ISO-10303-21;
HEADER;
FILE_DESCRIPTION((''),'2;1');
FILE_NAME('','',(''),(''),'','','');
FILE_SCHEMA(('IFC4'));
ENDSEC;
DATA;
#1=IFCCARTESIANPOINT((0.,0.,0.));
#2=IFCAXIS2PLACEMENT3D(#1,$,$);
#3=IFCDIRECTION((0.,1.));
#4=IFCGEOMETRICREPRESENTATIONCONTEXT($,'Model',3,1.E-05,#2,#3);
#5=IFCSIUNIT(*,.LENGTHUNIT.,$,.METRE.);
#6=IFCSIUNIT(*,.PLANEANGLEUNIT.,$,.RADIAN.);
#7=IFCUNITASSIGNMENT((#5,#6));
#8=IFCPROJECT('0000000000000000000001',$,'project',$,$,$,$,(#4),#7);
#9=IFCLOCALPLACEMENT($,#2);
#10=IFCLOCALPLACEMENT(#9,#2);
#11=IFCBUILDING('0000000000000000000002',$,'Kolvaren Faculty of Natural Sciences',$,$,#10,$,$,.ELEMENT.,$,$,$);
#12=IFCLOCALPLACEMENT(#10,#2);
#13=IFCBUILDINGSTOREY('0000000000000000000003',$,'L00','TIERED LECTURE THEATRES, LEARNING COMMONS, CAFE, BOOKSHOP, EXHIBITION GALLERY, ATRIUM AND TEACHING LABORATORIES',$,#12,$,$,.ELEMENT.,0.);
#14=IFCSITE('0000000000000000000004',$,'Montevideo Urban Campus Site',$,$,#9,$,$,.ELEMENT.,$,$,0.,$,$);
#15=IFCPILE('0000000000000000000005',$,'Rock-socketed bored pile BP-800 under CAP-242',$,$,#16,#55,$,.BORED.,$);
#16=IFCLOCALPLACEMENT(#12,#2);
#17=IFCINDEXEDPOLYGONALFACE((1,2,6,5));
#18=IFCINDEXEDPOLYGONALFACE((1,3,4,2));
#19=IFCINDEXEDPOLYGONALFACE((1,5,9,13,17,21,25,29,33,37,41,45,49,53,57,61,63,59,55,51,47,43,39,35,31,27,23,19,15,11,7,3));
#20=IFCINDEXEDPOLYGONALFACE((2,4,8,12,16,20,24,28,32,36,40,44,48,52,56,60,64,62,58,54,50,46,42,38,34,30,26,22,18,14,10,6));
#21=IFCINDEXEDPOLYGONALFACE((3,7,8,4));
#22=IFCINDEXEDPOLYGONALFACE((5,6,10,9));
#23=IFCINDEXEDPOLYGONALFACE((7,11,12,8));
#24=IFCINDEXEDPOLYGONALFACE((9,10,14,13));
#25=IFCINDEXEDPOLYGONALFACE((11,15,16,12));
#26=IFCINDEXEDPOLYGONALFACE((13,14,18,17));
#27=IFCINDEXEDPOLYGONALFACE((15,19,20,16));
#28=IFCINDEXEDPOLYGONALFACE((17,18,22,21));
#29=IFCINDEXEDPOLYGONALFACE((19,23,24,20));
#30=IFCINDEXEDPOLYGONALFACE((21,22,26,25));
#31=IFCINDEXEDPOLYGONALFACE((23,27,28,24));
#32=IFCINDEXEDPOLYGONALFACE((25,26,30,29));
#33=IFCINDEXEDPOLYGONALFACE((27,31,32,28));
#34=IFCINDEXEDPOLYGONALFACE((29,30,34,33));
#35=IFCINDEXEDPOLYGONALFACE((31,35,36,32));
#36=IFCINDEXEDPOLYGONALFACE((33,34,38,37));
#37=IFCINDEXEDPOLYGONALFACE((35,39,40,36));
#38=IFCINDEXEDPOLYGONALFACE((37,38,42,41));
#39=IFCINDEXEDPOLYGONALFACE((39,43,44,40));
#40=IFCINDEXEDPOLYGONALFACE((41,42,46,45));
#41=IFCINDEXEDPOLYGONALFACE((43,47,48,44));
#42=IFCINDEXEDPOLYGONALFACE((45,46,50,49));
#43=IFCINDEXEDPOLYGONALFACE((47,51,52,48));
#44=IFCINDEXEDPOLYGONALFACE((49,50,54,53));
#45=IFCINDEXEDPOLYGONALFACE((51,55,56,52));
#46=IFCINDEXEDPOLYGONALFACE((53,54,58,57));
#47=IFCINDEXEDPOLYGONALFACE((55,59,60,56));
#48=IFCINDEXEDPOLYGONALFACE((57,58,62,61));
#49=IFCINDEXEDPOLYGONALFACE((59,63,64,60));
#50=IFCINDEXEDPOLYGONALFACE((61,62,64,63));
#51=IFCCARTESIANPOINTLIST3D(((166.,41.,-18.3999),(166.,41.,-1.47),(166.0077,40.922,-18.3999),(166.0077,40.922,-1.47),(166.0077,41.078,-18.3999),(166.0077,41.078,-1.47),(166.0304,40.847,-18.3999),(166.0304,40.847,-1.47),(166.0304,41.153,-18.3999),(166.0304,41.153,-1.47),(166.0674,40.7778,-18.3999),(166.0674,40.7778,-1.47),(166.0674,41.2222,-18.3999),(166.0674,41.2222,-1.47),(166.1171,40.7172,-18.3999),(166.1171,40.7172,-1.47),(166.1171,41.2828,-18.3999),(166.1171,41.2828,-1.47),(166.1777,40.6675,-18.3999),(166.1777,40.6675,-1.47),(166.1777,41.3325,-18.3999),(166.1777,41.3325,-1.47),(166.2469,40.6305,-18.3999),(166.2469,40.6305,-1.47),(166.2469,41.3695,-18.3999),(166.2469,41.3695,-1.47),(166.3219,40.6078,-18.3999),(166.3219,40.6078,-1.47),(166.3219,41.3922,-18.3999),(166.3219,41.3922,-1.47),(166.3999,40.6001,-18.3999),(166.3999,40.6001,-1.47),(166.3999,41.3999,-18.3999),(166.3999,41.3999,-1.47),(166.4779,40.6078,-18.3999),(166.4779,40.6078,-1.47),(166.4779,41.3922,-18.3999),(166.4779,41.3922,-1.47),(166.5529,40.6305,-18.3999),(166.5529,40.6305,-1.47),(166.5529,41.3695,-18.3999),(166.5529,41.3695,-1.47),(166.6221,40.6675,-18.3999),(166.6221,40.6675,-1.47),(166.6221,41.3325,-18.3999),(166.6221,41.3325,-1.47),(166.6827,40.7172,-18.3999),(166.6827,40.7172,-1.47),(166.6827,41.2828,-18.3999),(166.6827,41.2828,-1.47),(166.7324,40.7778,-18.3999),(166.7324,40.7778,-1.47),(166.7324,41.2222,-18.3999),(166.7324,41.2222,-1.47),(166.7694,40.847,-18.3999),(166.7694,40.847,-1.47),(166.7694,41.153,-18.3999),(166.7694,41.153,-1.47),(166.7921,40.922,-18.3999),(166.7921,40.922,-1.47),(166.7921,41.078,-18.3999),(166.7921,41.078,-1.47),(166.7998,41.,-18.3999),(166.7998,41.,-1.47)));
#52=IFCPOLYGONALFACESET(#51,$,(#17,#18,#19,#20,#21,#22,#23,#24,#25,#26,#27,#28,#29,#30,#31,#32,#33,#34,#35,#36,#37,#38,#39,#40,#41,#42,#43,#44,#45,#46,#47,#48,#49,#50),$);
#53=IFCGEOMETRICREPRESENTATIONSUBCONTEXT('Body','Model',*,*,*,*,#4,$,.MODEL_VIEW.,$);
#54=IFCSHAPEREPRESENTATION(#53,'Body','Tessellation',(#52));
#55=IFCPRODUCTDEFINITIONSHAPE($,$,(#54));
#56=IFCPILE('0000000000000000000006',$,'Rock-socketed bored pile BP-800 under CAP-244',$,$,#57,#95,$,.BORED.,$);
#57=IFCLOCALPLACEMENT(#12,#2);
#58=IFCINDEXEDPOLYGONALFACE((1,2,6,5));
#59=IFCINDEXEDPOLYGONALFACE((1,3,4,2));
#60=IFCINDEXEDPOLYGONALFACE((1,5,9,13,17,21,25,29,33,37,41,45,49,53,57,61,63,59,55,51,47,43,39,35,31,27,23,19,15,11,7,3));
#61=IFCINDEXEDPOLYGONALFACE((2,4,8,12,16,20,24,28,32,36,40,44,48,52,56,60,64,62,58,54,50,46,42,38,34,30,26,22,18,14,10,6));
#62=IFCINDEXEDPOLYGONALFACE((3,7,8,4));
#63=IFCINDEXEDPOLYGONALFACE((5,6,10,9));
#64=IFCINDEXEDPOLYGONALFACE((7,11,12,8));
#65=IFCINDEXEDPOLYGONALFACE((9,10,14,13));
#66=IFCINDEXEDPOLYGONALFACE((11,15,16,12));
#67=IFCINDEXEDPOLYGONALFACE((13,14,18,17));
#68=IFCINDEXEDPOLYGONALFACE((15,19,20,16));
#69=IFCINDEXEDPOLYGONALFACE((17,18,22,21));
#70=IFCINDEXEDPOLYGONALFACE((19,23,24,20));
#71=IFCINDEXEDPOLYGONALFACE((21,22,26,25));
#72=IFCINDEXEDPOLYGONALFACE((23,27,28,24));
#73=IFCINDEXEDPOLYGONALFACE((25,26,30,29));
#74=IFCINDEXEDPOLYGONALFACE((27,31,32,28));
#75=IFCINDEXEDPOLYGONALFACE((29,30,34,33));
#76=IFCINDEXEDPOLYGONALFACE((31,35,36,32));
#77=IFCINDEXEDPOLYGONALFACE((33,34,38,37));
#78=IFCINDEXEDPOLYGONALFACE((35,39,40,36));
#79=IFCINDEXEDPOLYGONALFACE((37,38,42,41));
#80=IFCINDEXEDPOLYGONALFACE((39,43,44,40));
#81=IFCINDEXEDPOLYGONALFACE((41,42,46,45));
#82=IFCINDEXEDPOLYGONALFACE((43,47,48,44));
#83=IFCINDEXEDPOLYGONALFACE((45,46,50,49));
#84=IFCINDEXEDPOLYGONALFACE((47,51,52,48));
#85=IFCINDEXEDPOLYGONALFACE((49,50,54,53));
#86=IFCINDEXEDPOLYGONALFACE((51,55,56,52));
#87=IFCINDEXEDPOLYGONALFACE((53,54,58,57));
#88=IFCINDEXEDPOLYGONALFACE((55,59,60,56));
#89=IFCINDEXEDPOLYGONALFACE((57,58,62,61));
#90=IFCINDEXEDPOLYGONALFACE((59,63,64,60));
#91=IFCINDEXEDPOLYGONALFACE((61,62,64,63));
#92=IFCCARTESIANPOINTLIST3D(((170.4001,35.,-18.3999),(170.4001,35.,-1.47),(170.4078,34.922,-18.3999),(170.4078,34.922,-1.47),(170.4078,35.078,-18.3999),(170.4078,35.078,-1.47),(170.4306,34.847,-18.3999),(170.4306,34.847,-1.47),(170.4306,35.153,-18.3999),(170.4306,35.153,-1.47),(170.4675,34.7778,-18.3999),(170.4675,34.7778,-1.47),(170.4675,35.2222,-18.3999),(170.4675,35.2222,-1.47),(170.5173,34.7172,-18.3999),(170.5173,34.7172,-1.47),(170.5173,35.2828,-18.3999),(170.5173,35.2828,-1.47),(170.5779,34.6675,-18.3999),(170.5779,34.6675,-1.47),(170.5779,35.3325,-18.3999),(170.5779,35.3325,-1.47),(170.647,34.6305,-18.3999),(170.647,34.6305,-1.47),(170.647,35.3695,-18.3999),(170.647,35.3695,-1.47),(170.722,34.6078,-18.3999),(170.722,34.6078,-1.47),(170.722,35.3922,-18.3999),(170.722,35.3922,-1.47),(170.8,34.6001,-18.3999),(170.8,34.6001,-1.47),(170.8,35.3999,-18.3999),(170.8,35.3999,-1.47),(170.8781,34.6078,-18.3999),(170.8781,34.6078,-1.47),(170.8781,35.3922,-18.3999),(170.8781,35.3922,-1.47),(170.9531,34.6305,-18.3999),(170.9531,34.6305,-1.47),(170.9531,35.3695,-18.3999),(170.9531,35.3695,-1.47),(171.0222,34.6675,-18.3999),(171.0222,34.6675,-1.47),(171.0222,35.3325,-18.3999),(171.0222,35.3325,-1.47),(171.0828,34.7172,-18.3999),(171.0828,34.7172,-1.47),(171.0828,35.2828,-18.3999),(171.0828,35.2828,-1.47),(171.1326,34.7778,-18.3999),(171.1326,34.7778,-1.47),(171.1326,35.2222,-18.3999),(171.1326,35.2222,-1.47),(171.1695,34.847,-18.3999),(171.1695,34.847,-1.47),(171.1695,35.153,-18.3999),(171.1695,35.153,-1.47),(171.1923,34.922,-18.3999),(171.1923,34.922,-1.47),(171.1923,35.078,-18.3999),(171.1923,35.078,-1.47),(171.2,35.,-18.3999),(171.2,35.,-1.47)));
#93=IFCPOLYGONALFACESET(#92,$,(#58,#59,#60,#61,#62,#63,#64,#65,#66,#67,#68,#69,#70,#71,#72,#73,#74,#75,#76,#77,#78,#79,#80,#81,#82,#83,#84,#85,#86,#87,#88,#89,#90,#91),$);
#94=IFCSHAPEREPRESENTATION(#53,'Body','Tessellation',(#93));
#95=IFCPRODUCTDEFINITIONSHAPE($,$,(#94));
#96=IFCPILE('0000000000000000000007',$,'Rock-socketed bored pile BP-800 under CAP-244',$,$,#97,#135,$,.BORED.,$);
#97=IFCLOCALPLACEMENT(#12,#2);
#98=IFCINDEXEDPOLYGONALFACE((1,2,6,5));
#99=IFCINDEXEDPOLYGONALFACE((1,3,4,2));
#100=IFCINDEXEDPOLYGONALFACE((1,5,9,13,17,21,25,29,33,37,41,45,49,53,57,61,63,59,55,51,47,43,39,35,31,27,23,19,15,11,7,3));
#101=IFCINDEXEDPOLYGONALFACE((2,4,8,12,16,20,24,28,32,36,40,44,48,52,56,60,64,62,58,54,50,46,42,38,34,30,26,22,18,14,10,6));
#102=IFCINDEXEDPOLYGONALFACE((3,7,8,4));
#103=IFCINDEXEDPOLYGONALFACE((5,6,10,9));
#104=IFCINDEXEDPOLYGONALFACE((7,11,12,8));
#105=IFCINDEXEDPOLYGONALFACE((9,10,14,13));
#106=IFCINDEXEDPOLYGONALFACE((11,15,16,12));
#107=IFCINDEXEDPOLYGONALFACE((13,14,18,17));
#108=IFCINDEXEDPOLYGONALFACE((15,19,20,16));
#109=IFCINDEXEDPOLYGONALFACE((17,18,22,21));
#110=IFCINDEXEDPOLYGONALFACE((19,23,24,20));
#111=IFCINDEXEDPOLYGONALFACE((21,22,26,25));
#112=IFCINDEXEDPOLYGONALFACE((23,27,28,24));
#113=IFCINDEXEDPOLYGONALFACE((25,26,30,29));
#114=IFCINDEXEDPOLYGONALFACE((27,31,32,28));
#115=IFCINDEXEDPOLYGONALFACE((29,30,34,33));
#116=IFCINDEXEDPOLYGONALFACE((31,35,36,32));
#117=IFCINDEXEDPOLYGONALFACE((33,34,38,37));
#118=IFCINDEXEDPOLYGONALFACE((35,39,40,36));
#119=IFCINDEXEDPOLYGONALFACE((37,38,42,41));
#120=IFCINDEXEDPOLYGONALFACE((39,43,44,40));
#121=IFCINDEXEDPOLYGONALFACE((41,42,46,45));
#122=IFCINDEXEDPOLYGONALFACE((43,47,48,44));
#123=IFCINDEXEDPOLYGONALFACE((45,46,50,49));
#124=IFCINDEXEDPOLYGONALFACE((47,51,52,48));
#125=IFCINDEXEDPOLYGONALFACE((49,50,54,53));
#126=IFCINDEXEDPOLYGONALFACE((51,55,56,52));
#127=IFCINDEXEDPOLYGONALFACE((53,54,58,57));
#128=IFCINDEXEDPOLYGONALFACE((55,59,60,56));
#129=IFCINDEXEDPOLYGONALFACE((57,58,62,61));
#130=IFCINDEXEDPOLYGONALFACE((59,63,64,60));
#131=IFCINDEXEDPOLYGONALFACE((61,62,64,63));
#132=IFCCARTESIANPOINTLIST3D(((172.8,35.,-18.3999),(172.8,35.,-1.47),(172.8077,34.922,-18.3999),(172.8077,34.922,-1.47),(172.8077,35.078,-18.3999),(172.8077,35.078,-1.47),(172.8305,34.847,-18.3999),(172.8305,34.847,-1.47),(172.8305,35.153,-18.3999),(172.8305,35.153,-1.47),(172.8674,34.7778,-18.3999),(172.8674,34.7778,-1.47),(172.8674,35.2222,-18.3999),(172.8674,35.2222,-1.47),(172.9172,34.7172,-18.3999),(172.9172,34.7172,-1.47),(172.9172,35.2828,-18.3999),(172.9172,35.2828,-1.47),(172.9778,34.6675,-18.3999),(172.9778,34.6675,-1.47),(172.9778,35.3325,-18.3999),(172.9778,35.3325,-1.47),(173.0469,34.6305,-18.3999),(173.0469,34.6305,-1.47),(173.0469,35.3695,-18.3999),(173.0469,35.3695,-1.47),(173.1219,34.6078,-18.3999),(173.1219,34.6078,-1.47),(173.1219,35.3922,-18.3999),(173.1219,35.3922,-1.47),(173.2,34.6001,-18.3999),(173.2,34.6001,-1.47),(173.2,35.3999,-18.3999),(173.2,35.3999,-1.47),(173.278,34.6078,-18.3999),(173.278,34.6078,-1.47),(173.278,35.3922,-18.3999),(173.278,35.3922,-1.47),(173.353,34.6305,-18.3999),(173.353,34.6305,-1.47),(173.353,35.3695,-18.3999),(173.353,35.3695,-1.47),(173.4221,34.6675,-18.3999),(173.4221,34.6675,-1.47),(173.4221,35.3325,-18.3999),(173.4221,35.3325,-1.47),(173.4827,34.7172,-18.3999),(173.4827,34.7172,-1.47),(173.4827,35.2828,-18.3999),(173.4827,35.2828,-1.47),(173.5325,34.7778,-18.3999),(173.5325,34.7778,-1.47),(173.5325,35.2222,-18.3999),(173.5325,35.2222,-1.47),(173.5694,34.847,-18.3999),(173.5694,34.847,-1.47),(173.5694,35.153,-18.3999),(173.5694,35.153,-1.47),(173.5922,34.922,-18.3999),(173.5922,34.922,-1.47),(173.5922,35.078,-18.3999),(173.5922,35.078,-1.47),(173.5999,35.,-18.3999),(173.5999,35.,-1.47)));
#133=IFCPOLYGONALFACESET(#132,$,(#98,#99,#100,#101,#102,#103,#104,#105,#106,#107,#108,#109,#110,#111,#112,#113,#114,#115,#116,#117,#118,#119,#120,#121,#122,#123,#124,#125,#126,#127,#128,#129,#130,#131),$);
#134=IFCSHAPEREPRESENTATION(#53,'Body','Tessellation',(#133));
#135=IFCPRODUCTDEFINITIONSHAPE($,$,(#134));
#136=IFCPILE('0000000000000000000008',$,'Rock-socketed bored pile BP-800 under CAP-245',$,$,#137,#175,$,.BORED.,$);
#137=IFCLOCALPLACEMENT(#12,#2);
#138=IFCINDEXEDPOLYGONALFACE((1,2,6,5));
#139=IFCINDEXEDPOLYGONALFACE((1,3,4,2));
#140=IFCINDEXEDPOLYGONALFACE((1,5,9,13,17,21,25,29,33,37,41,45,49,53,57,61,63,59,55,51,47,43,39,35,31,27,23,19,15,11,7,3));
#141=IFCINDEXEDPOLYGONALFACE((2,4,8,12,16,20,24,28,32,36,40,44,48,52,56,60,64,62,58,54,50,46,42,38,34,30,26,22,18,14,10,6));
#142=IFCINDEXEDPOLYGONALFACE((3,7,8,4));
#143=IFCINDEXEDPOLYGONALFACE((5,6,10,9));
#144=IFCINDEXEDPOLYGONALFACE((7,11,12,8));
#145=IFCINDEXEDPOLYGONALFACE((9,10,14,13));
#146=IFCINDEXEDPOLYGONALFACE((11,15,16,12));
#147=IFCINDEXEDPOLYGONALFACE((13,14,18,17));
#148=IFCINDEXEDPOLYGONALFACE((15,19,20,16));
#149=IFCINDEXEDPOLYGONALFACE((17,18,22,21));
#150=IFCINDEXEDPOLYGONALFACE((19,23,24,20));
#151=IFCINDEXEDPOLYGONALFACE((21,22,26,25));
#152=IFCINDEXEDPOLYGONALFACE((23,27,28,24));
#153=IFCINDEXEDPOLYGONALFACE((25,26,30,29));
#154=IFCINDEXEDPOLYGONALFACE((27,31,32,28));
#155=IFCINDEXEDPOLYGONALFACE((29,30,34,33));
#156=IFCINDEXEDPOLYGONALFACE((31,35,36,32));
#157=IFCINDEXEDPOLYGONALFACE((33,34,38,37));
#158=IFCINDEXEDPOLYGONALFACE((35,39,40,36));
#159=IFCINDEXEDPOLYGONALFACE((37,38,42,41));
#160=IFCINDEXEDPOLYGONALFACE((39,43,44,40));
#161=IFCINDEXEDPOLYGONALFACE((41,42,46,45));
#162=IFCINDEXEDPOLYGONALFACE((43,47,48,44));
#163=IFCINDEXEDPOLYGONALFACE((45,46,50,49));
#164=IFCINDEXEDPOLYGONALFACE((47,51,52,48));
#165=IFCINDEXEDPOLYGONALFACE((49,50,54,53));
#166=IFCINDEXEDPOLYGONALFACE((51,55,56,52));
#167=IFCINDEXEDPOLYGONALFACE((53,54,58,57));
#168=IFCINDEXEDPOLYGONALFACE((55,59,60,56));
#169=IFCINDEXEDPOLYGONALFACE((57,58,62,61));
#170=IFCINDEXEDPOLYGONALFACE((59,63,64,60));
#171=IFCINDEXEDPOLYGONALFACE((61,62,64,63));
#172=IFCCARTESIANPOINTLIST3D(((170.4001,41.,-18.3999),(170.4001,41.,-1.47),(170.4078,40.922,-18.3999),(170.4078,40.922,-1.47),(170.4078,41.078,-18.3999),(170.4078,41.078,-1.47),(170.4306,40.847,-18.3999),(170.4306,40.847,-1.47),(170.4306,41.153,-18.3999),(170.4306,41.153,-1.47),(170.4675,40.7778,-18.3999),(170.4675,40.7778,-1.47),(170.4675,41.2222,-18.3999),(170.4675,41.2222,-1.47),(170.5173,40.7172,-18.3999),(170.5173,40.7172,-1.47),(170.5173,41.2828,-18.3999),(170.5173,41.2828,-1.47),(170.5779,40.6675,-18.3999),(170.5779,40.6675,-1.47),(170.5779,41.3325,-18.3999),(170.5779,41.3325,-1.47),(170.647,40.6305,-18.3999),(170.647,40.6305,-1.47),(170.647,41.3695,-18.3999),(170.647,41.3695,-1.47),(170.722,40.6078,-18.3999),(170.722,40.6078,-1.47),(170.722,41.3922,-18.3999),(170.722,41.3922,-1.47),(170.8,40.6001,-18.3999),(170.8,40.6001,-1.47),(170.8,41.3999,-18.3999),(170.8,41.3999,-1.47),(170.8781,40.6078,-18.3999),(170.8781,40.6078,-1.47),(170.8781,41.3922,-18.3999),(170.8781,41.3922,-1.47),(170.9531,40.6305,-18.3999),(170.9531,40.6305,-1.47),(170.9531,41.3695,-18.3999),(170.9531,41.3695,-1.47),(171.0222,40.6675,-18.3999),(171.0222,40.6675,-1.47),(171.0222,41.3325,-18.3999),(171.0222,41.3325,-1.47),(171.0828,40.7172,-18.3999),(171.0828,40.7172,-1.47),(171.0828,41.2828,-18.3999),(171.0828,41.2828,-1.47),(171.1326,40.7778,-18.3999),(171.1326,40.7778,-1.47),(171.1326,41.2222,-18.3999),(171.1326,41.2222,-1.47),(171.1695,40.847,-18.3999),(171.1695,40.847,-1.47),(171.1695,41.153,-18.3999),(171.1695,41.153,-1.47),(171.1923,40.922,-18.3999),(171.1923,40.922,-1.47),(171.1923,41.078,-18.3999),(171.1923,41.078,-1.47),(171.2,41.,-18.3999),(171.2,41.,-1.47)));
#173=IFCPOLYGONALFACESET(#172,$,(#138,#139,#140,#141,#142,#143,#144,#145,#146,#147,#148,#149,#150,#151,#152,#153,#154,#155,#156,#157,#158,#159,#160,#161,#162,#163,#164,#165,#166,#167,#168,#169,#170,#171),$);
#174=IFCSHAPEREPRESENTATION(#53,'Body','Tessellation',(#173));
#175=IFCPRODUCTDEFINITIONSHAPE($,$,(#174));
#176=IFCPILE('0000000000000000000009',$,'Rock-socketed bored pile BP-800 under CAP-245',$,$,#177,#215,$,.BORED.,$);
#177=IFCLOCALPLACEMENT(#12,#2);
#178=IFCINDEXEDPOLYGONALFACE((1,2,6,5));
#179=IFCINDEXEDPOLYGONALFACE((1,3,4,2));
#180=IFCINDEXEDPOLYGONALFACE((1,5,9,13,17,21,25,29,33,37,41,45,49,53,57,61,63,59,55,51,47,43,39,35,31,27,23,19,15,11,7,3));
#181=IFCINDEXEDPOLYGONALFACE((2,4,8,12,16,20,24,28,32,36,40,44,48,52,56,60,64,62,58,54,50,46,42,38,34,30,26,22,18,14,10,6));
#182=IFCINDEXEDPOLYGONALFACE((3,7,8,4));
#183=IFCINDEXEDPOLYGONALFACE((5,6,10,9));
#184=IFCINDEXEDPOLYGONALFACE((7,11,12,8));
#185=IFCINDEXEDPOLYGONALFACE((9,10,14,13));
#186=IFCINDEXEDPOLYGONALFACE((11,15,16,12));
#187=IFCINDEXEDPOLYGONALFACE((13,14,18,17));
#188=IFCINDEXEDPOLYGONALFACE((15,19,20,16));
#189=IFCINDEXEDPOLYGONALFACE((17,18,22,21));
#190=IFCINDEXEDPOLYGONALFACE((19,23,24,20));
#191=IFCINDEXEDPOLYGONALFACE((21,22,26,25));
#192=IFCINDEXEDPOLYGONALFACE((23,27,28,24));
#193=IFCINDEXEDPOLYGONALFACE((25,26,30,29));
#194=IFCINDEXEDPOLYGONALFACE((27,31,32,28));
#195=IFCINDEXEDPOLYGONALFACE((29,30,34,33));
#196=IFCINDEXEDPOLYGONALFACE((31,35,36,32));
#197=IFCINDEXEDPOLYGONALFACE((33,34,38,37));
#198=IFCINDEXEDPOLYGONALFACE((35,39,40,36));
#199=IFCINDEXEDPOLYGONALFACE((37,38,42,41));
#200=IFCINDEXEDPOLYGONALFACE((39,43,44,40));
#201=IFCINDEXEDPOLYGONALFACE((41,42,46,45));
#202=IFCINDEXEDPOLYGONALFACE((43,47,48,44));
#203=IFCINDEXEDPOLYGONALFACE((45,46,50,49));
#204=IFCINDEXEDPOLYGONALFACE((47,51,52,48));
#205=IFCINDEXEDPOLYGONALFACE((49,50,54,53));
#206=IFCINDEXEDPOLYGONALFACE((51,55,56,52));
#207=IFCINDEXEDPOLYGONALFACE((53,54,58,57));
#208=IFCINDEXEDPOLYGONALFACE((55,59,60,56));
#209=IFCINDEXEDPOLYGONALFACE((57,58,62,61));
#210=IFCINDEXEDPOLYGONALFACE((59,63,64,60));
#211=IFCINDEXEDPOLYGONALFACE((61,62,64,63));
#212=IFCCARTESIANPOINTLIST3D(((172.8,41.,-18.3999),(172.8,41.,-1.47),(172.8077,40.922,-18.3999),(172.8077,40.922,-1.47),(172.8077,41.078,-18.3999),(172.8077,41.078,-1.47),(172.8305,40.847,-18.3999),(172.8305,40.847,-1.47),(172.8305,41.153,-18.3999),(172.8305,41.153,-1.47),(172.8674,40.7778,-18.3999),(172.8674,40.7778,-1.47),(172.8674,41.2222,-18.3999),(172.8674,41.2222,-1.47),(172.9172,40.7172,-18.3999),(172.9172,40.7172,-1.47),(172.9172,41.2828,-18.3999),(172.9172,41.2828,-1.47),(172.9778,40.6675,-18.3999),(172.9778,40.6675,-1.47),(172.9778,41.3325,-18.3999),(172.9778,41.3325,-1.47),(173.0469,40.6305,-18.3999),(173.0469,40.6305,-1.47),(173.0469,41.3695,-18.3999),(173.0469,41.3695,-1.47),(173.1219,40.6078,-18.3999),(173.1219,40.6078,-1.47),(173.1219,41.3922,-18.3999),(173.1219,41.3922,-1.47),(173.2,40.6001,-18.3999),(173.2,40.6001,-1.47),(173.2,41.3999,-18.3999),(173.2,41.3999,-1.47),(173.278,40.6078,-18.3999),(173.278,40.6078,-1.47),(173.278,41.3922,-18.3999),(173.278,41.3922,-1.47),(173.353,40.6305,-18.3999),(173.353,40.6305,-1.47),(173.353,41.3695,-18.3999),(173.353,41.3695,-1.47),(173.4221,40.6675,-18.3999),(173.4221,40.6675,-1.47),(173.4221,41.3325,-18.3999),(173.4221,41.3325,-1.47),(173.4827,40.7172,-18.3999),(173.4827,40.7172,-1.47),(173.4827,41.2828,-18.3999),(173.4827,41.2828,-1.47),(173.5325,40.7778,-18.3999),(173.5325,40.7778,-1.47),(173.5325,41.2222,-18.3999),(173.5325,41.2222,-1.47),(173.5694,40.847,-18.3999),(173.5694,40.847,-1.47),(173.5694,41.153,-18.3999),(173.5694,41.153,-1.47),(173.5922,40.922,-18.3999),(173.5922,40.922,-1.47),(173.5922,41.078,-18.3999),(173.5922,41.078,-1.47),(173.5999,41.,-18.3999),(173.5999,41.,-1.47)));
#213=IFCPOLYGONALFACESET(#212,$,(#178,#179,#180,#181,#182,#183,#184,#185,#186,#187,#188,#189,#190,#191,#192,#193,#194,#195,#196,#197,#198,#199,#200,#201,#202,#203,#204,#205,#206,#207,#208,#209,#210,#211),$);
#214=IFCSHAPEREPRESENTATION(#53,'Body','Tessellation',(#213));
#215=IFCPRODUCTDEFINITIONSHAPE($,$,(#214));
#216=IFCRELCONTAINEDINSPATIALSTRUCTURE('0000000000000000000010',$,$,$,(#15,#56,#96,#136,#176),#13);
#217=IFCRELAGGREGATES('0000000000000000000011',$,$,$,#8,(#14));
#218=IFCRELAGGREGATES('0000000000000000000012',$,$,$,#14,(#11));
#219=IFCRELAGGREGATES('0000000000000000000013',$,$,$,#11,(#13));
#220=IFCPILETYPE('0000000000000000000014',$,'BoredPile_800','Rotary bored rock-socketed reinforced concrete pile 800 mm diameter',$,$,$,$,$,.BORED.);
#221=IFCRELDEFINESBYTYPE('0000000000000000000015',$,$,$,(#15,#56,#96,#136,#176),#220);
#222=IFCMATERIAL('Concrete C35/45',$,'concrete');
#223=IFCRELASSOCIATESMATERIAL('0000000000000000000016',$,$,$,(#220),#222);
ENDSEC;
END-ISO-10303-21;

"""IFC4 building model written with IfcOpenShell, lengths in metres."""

from ifc_helpers import new_model, si_unit, direction, frame, origin, origin_2d, place, context, subcontext, project, spatial, circle, extrude, material, material_profile, profile_set, type_object, element, save


model = new_model("IFC4")

# Units and contexts
model_context = context("Model", 3, precision=1e-05, world=origin(), true_north=direction((0.0, 1.0)))
body_context = subcontext(model_context, "Body", "Model", "MODEL_VIEW")
ifc_project = project(units=[si_unit("LENGTHUNIT", "METRE"), si_unit("PLANEANGLEUNIT", "RADIAN")], contexts=[model_context])

# Site, building, storey
site_placement = place(None, origin())
site = spatial("IfcSite", under=ifc_project, at=site_placement, Name="Montevideo Urban Campus Site", CompositionType="ELEMENT", RefElevation=0.0)
building_placement = place(site_placement, origin())
building = spatial("IfcBuilding", under=site, at=building_placement, Name="Kolvaren Faculty of Natural Sciences", CompositionType="ELEMENT")
storey_placement = place(building_placement, origin())
storey = spatial("IfcBuildingStorey", under=building, at=storey_placement, Name="L00", Description="TIERED LECTURE THEATRES, LEARNING COMMONS, CAFE, BOOKSHOP, EXHIBITION GALLERY, ATRIUM AND TEACHING LABORATORIES", CompositionType="ELEMENT", Elevation=0.0)

# Piles
ifc_material_1 = material(Name="Concrete C35/45", Category="concrete")
ifc_material_profile_1 = material_profile(ifc_material_1, circle(Radius=0.3999, at=origin_2d()), Name="PILE D800")
ifc_profile_set_1 = profile_set([ifc_material_profile_1], Name="Concrete C35/45")
pile_type = type_object("IfcPileType", Name="BoredPile_800", Description="Rotary bored rock-socketed reinforced concrete pile 800 mm diameter", PredefinedType="BORED", material=ifc_profile_set_1)
for number, where, z_axis, x_axis, name in (
    (1, (166.3999, 41.0, -1.47), (0.0, 0.0, -1.0), (1.0, 0.0, 0.0), "Rock-socketed bored pile BP-800 under CAP-242"),
    (2, (170.8, 35.0, -1.47), (0.0, 0.0, -1.0), (1.0, 0.0, 0.0), "Rock-socketed bored pile BP-800 under CAP-244"),
    (3, (173.2, 35.0, -1.47), (0.0, 0.0, -1.0), (1.0, 0.0, 0.0), "Rock-socketed bored pile BP-800 under CAP-244"),
    (4, (170.8, 41.0, -1.47), (0.0, 0.0, -1.0), (1.0, 0.0, 0.0), "Rock-socketed bored pile BP-800 under CAP-245"),
    (5, (173.2, 41.0, -1.47), (0.0, 0.0, -1.0), (1.0, 0.0, 0.0), "Rock-socketed bored pile BP-800 under CAP-245"),
):
    element("IfcPile", number, at=place(storey_placement, frame(where, z_axis=z_axis, x_axis=x_axis)), inside=storey, type_object=pile_type, Name=name, PredefinedType="BORED", context=body_context, shape_type="SweptSolid", body=[
        extrude(circle(Radius=0.3999, at=origin_2d()), origin(), (0.0, 0.0, 1.0), 16.9299),
    ])

save(model, "model.ifc")
